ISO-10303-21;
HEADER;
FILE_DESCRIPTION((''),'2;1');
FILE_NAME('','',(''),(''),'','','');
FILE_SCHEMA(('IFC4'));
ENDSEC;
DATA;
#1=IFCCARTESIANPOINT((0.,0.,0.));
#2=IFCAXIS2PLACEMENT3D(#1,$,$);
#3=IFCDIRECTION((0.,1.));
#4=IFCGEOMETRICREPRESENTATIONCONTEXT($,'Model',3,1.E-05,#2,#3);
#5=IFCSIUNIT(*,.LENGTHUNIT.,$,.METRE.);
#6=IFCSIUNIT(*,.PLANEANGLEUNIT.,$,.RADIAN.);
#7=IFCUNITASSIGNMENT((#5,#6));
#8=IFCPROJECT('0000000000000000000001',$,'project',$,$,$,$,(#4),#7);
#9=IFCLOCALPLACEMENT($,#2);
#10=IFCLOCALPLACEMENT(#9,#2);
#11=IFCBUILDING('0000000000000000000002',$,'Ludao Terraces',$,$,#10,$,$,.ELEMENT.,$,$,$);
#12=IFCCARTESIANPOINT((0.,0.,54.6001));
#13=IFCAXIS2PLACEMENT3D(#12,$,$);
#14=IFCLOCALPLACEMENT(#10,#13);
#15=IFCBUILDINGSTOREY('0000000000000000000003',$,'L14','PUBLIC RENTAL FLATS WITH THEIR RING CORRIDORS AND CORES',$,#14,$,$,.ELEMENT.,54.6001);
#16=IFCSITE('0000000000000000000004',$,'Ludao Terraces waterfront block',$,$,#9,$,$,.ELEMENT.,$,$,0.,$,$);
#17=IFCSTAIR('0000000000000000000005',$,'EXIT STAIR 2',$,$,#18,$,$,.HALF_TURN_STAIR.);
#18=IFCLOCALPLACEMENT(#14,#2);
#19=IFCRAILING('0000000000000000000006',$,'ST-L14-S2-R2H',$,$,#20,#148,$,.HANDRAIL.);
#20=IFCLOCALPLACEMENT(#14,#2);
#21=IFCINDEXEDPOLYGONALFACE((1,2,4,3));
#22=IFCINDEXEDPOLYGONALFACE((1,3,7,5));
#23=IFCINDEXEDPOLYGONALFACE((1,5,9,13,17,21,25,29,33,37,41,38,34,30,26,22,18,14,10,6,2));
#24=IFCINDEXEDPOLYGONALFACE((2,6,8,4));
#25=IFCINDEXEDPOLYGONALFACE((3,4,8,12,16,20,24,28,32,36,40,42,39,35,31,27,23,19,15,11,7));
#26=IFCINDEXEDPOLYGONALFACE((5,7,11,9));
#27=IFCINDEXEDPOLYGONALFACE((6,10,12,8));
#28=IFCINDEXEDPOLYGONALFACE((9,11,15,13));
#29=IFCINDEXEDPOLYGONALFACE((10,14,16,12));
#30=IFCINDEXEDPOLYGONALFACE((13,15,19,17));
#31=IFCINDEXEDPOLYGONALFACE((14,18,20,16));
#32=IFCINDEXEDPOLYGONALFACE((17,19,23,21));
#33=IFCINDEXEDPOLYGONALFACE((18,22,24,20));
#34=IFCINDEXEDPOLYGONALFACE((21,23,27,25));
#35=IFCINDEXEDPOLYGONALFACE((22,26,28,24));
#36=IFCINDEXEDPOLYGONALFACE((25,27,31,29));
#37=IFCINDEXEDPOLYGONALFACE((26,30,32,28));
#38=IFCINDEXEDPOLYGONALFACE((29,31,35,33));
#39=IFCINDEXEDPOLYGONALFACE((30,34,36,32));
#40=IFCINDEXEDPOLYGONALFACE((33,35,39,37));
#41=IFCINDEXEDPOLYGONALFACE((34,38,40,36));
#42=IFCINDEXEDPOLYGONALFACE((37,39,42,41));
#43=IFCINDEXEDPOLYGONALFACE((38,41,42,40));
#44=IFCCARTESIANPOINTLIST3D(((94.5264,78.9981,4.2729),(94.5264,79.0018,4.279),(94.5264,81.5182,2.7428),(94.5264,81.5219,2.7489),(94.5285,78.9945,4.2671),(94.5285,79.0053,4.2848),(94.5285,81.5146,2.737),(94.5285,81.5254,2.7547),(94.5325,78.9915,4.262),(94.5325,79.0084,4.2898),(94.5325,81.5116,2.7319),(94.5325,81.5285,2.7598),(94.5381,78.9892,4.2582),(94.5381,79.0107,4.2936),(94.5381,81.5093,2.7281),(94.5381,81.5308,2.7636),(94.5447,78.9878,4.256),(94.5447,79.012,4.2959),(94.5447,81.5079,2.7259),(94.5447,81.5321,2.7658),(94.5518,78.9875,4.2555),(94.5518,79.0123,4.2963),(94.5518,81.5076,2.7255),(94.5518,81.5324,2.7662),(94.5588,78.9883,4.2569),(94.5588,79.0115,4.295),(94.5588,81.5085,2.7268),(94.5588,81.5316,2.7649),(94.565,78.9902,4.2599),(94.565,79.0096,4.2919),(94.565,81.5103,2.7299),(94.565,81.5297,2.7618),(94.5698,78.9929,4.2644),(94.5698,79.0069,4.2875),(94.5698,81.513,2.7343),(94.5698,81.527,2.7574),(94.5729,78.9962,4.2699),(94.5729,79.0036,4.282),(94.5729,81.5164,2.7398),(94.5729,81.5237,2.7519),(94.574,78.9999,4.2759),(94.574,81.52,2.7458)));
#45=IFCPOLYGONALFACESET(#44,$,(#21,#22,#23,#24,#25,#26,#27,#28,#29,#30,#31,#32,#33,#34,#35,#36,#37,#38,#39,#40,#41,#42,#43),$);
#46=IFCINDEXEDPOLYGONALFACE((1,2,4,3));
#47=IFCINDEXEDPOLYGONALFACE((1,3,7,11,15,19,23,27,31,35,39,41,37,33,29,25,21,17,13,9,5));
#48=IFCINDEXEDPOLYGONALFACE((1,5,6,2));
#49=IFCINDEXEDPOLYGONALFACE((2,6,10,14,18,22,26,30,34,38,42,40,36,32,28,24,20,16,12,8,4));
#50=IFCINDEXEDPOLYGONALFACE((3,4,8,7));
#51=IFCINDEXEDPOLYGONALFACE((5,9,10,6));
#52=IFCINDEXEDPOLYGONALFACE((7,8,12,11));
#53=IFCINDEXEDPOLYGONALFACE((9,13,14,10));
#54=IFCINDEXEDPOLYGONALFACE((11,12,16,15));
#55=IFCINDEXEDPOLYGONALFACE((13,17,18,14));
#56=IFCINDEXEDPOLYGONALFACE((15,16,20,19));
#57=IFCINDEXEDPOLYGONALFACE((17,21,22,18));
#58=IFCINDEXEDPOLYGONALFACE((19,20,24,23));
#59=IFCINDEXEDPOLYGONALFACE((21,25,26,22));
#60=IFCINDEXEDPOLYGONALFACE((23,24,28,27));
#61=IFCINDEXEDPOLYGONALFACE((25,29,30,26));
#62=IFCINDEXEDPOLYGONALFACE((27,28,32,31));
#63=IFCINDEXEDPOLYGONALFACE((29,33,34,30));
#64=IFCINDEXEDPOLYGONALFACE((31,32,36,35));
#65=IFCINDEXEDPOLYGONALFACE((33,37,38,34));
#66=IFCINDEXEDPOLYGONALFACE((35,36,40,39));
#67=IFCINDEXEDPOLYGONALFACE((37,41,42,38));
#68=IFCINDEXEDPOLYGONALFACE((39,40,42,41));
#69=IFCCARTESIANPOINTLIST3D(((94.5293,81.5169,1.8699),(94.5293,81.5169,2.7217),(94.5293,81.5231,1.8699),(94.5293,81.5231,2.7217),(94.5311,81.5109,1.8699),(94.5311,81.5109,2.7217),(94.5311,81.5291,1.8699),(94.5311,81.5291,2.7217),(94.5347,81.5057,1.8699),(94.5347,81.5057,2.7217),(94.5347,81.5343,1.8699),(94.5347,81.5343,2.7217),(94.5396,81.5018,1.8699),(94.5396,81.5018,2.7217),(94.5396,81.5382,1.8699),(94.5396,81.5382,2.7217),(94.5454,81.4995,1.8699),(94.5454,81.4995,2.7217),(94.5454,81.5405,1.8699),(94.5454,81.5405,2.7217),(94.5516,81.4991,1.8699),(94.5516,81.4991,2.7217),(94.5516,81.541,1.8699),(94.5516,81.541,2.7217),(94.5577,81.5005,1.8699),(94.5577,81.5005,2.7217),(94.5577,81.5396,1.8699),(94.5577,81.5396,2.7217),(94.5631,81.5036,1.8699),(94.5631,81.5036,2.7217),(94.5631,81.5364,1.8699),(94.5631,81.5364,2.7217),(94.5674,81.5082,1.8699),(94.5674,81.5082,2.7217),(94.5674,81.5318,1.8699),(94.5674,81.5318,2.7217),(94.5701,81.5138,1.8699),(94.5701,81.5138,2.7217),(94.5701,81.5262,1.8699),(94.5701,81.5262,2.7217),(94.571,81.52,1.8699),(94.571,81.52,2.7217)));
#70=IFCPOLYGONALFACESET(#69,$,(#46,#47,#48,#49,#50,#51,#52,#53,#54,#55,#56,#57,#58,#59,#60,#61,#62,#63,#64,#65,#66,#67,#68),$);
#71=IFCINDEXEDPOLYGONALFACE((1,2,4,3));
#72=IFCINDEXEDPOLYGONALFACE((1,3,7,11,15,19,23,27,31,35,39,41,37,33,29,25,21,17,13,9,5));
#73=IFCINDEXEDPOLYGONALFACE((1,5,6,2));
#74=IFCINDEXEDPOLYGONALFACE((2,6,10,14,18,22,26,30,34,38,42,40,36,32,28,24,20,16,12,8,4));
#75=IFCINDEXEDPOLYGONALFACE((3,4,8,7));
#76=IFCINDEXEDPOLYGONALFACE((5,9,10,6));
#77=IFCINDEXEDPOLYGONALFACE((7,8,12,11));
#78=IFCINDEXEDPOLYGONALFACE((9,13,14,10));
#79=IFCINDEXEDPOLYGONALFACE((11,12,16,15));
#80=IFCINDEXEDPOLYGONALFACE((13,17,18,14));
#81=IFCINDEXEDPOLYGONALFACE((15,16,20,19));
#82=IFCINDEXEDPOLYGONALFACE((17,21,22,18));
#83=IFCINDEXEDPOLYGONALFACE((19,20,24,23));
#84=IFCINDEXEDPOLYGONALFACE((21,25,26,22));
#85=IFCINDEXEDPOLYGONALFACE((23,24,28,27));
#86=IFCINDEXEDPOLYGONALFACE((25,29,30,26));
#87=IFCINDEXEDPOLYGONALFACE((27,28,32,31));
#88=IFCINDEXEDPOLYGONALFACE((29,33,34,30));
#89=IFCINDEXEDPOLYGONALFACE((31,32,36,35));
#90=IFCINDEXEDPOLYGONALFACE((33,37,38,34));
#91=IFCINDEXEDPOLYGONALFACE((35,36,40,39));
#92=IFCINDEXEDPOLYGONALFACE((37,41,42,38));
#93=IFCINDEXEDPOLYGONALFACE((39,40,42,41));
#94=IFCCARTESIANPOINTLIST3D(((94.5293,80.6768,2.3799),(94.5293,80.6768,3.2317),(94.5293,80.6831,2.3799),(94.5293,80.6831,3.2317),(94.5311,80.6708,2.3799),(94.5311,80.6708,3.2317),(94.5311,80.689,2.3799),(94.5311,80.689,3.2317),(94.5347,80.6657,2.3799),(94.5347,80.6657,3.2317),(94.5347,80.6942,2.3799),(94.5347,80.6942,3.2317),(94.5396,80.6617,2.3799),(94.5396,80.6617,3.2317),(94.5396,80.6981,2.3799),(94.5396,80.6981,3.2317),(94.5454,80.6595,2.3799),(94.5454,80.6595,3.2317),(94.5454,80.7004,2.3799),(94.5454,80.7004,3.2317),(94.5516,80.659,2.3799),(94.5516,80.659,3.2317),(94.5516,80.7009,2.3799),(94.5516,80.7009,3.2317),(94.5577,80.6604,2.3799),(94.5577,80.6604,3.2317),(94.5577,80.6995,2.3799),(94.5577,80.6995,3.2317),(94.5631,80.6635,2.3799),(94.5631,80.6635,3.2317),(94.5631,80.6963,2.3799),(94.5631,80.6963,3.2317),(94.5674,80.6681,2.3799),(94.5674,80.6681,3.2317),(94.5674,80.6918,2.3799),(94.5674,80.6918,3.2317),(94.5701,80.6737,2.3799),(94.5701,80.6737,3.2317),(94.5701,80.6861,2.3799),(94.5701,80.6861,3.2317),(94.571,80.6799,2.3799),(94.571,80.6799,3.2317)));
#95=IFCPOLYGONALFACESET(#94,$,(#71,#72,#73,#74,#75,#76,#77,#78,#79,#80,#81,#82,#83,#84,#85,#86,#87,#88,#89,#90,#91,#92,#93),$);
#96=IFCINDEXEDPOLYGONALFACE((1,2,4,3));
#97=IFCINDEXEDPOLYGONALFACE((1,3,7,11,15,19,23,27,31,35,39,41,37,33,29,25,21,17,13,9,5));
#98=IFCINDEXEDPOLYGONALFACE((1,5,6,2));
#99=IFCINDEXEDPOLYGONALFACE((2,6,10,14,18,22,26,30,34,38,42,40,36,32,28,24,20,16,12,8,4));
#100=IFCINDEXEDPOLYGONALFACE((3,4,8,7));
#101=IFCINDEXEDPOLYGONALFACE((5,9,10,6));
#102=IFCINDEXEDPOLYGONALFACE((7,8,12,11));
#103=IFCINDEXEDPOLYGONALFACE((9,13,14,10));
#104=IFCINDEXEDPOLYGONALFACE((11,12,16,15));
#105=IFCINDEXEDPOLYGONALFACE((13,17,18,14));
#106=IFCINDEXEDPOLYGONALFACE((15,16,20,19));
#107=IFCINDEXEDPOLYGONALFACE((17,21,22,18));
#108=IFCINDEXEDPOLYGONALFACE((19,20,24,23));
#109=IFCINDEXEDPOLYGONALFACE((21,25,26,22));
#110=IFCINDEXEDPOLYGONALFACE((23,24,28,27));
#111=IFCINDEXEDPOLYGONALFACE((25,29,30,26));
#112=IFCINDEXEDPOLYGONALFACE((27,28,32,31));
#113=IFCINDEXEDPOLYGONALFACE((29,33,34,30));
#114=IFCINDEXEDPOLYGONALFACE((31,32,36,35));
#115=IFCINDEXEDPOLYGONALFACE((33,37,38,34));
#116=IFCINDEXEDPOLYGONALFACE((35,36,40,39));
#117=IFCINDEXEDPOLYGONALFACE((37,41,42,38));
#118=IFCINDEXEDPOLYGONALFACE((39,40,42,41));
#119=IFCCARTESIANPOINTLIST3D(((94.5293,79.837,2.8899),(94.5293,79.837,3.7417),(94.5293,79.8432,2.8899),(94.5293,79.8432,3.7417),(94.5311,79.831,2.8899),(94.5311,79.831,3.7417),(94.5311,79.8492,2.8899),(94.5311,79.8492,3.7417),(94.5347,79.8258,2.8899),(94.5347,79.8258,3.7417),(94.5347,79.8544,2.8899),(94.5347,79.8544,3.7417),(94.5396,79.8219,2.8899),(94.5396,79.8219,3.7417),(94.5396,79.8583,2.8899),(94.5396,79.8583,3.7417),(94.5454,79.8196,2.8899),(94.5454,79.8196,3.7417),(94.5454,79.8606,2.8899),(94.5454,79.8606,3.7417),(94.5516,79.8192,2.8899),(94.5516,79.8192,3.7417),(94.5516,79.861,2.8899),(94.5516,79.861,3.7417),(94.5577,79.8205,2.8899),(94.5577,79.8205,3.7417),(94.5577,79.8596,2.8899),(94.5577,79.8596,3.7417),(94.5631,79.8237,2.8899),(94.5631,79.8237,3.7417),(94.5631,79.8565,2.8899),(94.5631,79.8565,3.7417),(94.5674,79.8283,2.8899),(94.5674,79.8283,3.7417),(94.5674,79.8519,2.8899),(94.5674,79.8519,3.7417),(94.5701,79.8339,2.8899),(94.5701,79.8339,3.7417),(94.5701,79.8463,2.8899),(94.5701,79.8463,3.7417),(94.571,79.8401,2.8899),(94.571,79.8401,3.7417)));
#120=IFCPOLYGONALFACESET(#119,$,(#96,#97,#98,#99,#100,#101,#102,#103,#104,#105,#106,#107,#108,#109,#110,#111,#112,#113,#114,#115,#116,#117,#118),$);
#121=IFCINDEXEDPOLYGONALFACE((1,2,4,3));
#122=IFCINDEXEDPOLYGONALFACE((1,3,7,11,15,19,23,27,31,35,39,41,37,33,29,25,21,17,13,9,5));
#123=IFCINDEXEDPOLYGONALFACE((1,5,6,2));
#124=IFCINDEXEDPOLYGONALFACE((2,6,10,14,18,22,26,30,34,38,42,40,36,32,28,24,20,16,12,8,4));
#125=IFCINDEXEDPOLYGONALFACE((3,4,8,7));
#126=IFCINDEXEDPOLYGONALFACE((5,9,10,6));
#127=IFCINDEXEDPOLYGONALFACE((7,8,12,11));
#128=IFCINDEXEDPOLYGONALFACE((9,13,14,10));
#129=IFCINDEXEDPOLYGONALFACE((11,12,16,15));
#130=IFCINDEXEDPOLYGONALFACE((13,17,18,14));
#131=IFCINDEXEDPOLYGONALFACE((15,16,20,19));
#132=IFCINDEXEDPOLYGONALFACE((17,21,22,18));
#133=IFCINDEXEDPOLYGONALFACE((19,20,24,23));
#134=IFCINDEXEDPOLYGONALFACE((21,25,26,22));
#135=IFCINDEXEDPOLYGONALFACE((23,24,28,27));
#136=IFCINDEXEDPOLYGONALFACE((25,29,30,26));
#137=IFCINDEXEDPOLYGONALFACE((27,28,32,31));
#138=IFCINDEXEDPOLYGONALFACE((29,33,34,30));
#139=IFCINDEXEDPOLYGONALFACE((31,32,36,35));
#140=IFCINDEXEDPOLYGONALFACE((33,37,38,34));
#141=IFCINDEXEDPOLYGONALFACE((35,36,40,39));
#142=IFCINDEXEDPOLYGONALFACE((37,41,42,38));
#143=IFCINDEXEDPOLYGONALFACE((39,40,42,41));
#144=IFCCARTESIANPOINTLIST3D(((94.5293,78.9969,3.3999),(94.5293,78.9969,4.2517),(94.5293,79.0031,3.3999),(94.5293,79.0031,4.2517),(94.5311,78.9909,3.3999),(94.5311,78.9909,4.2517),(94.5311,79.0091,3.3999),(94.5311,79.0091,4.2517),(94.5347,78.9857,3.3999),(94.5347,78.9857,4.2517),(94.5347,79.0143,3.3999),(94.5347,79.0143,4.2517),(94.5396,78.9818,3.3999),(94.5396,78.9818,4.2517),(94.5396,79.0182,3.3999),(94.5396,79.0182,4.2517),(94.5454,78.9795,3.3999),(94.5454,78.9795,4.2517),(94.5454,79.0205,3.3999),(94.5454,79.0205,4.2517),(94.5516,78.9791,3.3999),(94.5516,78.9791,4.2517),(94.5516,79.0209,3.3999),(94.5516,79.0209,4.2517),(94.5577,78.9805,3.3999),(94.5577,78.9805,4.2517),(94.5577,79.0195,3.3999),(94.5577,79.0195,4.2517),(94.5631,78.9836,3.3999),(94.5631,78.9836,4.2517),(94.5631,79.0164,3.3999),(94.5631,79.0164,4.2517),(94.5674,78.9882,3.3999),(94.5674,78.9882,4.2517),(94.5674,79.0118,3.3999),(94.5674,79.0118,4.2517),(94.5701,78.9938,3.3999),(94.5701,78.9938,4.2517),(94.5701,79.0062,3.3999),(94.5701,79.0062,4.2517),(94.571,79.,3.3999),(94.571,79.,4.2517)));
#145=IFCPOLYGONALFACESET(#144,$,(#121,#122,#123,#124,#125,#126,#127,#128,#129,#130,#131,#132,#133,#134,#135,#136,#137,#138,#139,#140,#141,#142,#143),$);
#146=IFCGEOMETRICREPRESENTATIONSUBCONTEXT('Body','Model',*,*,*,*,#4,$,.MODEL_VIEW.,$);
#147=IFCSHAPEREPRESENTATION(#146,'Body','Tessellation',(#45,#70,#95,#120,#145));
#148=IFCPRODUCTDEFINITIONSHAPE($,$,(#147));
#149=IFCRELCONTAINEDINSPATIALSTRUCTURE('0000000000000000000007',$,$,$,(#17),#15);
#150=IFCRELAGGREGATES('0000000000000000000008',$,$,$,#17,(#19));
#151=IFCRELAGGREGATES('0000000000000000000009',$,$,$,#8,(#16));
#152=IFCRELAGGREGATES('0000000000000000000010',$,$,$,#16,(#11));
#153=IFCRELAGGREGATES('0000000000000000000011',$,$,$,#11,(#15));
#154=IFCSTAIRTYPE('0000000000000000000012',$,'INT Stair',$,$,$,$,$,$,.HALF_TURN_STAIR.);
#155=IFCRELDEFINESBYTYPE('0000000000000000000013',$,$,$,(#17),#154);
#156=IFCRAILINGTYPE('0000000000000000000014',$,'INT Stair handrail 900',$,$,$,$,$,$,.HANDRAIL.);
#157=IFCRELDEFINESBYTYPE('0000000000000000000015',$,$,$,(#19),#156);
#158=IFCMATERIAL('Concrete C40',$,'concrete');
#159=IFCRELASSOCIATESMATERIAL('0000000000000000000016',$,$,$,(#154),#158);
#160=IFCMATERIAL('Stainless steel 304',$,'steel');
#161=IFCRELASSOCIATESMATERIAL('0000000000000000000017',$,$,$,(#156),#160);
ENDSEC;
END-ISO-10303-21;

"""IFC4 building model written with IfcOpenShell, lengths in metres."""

from ifc_helpers import new_model, si_unit, direction, frame, origin, origin_2d, place, context, subcontext, project, spatial, circle, extrude, material, type_object, element, aggregate, save


model = new_model("IFC4")

# Units and contexts
model_context = context("Model", 3, precision=1e-05, world=origin(), true_north=direction((0.0, 1.0)))
body_context = subcontext(model_context, "Body", "Model", "MODEL_VIEW")
ifc_project = project(units=[si_unit("LENGTHUNIT", "METRE"), si_unit("PLANEANGLEUNIT", "RADIAN")], contexts=[model_context])

# Site, building, storey
site_placement = place(None, origin())
site = spatial("IfcSite", under=ifc_project, at=site_placement, Name="Ludao Terraces waterfront block", CompositionType="ELEMENT", RefElevation=0.0)
building_placement = place(site_placement, origin())
building = spatial("IfcBuilding", under=site, at=building_placement, Name="Ludao Terraces", CompositionType="ELEMENT")
storey_placement = place(building_placement, frame((0.0, 0.0, 54.6001)))
storey = spatial("IfcBuildingStorey", under=building, at=storey_placement, Name="L14", Description="PUBLIC RENTAL FLATS WITH THEIR RING CORRIDORS AND CORES", CompositionType="ELEMENT", Elevation=54.6001)

# Shared definitions
ifc_material_1 = material(Name="Stainless steel 304", Category="steel")

# Stair, railing
ifc_material_2 = material(Name="Concrete C40", Category="concrete")
stair_type = type_object("IfcStairType", Name="INT Stair", PredefinedType="HALF_TURN_STAIR", material=ifc_material_2)
stair_placement = place(storey_placement, origin())
stair = element("IfcStair", 1, at=stair_placement, inside=storey, type_object=stair_type, Name="EXIT STAIR 2", PredefinedType="HALF_TURN_STAIR")
railing_type_1 = type_object("IfcRailingType", Name="INT Stair handrail 900", PredefinedType="HANDRAIL", material=ifc_material_1)
railing_1_placement = place(storey_placement, frame((94.55, 81.52, 1.8699)))
railing_1 = element("IfcRailing", 2, at=railing_1_placement, type_object=railing_type_1, Name="ST-L14-S2-R2H", PredefinedType="HANDRAIL", context=body_context, shape_type="SweptSolid", body=[
    extrude(circle(Radius=0.0239, at=origin_2d()), frame((0.0, 0.0, 0.876), z_axis=(0.0, -0.854785, 0.518982), x_axis=(1.0, 0.0, 0.0)), (0.0, 0.0, 1.0), 2.9482),
    extrude(circle(Radius=0.021, at=origin_2d()), origin(), (0.0, 0.0, 1.0), 0.8518),
    extrude(circle(Radius=0.021, at=origin_2d()), frame((0.0, -0.8401, 0.51)), (0.0, 0.0, 1.0), 0.8518),
    extrude(circle(Radius=0.021, at=origin_2d()), frame((0.0, -1.6799, 1.02)), (0.0, 0.0, 1.0), 0.8518),
    extrude(circle(Radius=0.021, at=origin_2d()), frame((0.0, -2.52, 1.53)), (0.0, 0.0, 1.0), 0.8518),
])
aggregate(stair, [railing_1])

save(model, "model.ifc")
